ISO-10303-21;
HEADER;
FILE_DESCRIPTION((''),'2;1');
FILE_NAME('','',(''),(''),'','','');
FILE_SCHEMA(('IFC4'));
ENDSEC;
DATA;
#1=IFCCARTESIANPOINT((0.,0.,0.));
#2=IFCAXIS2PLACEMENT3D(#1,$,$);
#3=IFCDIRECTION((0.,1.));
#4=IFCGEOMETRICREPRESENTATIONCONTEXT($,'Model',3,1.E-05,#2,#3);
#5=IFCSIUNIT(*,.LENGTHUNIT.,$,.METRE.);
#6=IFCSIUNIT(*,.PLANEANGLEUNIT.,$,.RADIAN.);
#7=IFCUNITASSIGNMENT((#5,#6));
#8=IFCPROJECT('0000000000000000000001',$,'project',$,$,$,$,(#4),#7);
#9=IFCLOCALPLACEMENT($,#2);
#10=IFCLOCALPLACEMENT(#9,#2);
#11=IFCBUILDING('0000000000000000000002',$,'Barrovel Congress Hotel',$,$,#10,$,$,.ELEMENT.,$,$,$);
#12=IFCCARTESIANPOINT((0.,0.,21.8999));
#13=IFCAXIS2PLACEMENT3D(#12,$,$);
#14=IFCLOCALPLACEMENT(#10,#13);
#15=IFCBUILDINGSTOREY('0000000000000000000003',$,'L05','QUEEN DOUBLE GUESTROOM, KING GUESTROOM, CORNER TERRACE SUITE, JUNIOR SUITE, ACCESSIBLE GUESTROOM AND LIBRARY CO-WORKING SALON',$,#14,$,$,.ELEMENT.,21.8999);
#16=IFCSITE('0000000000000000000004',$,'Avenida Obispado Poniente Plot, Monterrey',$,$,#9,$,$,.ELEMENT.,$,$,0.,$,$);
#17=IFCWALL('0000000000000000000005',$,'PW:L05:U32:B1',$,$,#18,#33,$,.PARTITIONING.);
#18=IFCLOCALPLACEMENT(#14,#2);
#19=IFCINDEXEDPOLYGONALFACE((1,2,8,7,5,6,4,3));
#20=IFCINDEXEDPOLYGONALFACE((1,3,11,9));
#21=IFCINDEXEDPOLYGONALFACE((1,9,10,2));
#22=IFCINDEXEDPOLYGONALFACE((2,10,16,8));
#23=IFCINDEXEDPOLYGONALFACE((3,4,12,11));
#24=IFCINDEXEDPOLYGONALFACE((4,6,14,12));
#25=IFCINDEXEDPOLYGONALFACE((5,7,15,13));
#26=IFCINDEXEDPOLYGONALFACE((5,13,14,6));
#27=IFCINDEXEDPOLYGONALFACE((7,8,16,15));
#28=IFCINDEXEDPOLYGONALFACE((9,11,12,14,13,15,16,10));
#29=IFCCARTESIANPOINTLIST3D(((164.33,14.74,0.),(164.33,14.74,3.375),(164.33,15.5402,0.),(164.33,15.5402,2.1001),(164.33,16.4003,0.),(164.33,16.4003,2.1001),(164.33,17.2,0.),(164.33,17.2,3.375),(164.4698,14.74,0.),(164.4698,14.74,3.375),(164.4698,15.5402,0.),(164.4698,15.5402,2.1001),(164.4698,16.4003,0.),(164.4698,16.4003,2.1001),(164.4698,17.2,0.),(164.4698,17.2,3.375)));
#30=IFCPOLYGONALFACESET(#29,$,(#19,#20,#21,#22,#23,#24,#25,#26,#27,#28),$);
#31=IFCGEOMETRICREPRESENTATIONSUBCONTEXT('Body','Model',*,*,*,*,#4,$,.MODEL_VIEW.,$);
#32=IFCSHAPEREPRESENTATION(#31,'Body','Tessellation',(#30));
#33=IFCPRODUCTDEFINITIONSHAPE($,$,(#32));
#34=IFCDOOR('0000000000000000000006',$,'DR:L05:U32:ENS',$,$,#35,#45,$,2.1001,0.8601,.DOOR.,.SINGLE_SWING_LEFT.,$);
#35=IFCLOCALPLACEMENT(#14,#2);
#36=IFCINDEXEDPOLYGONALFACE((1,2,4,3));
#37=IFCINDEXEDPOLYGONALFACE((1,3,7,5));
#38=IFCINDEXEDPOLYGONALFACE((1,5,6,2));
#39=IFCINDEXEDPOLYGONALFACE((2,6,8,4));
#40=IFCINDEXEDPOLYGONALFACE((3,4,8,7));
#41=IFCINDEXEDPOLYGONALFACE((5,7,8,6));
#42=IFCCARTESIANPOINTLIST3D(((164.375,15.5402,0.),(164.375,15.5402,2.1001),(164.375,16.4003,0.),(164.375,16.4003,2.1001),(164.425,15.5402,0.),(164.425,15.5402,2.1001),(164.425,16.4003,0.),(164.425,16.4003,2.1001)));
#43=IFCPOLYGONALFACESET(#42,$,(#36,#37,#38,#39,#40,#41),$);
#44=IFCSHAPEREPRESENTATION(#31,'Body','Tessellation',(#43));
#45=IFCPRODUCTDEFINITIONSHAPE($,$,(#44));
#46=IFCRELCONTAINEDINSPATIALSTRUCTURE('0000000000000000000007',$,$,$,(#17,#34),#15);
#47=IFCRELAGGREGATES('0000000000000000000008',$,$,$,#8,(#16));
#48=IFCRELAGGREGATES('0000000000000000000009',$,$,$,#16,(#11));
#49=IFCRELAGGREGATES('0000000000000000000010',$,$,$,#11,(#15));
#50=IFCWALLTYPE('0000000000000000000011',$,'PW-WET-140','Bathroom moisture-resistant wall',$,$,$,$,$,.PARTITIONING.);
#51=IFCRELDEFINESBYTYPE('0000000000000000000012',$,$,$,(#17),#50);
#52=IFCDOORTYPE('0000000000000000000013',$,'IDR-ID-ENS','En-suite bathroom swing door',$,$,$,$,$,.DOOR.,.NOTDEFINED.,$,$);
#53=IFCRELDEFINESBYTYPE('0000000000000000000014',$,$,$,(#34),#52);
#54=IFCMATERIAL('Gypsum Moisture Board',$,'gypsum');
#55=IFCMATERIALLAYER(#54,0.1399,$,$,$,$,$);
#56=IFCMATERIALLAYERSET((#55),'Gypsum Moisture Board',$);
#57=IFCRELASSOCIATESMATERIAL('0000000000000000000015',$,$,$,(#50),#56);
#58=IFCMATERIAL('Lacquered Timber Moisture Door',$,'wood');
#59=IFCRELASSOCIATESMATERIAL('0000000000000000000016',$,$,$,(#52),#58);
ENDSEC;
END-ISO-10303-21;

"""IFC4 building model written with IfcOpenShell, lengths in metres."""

from ifc_helpers import new_model, si_unit, direction, frame, frame_2d, origin, place, context, subcontext, project, spatial, rectangle, extrude, material, layer, layer_set, type_object, element, fill, save


model = new_model("IFC4")

# Units and contexts
model_context = context("Model", 3, precision=1e-05, world=origin(), true_north=direction((0.0, 1.0)))
body_context = subcontext(model_context, "Body", "Model", "MODEL_VIEW")
ifc_project = project(units=[si_unit("LENGTHUNIT", "METRE"), si_unit("PLANEANGLEUNIT", "RADIAN")], contexts=[model_context])

# Site, building, storey
site_placement = place(None, origin())
site = spatial("IfcSite", under=ifc_project, at=site_placement, Name="Avenida Obispado Poniente Plot, Monterrey", CompositionType="ELEMENT", RefElevation=0.0)
building_placement = place(site_placement, origin())
building = spatial("IfcBuilding", under=site, at=building_placement, Name="Barrovel Congress Hotel", CompositionType="ELEMENT")
storey_placement = place(building_placement, frame((0.0, 0.0, 21.8999)))
storey = spatial("IfcBuildingStorey", under=building, at=storey_placement, Name="L05", Description="QUEEN DOUBLE GUESTROOM, KING GUESTROOM, CORNER TERRACE SUITE, JUNIOR SUITE, ACCESSIBLE GUESTROOM AND LIBRARY CO-WORKING SALON", CompositionType="ELEMENT", Elevation=21.8999)

# Wall, opening, door
ifc_material_1 = material(Name="Gypsum Moisture Board", Category="gypsum")
ifc_layer_1 = layer(ifc_material_1, 0.1399)
ifc_layer_set_1 = layer_set([ifc_layer_1], Name="Gypsum Moisture Board")
wall_type_1 = type_object("IfcWallType", Name="PW-WET-140", Description="Bathroom moisture-resistant wall", PredefinedType="PARTITIONING", material=ifc_layer_set_1)
ifc_material_2 = material(Name="Lacquered Timber Moisture Door", Category="wood")
door_type = type_object("IfcDoorType", Name="IDR-ID-ENS", Description="En-suite bathroom swing door", OperationType="NOTDEFINED", PredefinedType="DOOR", material=ifc_material_2)
wall_1_placement = place(storey_placement, frame((164.3999, 14.74, 0.0), z_axis=(0.0, 0.0, 1.0), x_axis=(0.0, 1.0, 0.0)))
wall_1 = element("IfcWall", 1, at=wall_1_placement, inside=storey, type_object=wall_type_1, Name="PW:L05:U32:B1", PredefinedType="PARTITIONING", context=body_context, shape_type="SweptSolid", body=[
    extrude(rectangle(XDim=2.46, YDim=0.1399, at=frame_2d((1.23, 0.0))), origin(), (0.0, 0.0, 1.0), 3.375),
])
opening_1_placement = place(wall_1_placement, frame((0.8, 0.0, 0.0)))
opening_1 = element("IfcOpeningElement", 2, at=opening_1_placement, cuts=wall_1, PredefinedType="OPENING", context=body_context, shape_type="SweptSolid", body=[
    extrude(rectangle(XDim=0.8601, YDim=2.1001, at=frame_2d((0.4302, 1.05))), frame((0.0, 0.0801, 0.0), z_axis=(0.0, -1.0, 0.0), x_axis=(1.0, 0.0, 0.0)), (0.0, 0.0, 1.0), 0.1599),
])
door_1_placement = place(opening_1_placement, origin())
door_1 = element("IfcDoor", 3, at=door_1_placement, inside=storey, type_object=door_type, Name="DR:L05:U32:ENS", OperationType="SINGLE_SWING_LEFT", OverallHeight=2.1001, OverallWidth=0.8601, PredefinedType="DOOR", context=body_context, shape_type="SweptSolid", body=[
    extrude(rectangle(XDim=0.8601, YDim=2.1001, at=frame_2d((0.4302, 1.05))), frame((0.0, 0.0249, 0.0), z_axis=(0.0, -1.0, 0.0), x_axis=(1.0, 0.0, 0.0)), (0.0, 0.0, 1.0), 0.05),
])
fill(opening_1, door_1)

save(model, "model.ifc")
